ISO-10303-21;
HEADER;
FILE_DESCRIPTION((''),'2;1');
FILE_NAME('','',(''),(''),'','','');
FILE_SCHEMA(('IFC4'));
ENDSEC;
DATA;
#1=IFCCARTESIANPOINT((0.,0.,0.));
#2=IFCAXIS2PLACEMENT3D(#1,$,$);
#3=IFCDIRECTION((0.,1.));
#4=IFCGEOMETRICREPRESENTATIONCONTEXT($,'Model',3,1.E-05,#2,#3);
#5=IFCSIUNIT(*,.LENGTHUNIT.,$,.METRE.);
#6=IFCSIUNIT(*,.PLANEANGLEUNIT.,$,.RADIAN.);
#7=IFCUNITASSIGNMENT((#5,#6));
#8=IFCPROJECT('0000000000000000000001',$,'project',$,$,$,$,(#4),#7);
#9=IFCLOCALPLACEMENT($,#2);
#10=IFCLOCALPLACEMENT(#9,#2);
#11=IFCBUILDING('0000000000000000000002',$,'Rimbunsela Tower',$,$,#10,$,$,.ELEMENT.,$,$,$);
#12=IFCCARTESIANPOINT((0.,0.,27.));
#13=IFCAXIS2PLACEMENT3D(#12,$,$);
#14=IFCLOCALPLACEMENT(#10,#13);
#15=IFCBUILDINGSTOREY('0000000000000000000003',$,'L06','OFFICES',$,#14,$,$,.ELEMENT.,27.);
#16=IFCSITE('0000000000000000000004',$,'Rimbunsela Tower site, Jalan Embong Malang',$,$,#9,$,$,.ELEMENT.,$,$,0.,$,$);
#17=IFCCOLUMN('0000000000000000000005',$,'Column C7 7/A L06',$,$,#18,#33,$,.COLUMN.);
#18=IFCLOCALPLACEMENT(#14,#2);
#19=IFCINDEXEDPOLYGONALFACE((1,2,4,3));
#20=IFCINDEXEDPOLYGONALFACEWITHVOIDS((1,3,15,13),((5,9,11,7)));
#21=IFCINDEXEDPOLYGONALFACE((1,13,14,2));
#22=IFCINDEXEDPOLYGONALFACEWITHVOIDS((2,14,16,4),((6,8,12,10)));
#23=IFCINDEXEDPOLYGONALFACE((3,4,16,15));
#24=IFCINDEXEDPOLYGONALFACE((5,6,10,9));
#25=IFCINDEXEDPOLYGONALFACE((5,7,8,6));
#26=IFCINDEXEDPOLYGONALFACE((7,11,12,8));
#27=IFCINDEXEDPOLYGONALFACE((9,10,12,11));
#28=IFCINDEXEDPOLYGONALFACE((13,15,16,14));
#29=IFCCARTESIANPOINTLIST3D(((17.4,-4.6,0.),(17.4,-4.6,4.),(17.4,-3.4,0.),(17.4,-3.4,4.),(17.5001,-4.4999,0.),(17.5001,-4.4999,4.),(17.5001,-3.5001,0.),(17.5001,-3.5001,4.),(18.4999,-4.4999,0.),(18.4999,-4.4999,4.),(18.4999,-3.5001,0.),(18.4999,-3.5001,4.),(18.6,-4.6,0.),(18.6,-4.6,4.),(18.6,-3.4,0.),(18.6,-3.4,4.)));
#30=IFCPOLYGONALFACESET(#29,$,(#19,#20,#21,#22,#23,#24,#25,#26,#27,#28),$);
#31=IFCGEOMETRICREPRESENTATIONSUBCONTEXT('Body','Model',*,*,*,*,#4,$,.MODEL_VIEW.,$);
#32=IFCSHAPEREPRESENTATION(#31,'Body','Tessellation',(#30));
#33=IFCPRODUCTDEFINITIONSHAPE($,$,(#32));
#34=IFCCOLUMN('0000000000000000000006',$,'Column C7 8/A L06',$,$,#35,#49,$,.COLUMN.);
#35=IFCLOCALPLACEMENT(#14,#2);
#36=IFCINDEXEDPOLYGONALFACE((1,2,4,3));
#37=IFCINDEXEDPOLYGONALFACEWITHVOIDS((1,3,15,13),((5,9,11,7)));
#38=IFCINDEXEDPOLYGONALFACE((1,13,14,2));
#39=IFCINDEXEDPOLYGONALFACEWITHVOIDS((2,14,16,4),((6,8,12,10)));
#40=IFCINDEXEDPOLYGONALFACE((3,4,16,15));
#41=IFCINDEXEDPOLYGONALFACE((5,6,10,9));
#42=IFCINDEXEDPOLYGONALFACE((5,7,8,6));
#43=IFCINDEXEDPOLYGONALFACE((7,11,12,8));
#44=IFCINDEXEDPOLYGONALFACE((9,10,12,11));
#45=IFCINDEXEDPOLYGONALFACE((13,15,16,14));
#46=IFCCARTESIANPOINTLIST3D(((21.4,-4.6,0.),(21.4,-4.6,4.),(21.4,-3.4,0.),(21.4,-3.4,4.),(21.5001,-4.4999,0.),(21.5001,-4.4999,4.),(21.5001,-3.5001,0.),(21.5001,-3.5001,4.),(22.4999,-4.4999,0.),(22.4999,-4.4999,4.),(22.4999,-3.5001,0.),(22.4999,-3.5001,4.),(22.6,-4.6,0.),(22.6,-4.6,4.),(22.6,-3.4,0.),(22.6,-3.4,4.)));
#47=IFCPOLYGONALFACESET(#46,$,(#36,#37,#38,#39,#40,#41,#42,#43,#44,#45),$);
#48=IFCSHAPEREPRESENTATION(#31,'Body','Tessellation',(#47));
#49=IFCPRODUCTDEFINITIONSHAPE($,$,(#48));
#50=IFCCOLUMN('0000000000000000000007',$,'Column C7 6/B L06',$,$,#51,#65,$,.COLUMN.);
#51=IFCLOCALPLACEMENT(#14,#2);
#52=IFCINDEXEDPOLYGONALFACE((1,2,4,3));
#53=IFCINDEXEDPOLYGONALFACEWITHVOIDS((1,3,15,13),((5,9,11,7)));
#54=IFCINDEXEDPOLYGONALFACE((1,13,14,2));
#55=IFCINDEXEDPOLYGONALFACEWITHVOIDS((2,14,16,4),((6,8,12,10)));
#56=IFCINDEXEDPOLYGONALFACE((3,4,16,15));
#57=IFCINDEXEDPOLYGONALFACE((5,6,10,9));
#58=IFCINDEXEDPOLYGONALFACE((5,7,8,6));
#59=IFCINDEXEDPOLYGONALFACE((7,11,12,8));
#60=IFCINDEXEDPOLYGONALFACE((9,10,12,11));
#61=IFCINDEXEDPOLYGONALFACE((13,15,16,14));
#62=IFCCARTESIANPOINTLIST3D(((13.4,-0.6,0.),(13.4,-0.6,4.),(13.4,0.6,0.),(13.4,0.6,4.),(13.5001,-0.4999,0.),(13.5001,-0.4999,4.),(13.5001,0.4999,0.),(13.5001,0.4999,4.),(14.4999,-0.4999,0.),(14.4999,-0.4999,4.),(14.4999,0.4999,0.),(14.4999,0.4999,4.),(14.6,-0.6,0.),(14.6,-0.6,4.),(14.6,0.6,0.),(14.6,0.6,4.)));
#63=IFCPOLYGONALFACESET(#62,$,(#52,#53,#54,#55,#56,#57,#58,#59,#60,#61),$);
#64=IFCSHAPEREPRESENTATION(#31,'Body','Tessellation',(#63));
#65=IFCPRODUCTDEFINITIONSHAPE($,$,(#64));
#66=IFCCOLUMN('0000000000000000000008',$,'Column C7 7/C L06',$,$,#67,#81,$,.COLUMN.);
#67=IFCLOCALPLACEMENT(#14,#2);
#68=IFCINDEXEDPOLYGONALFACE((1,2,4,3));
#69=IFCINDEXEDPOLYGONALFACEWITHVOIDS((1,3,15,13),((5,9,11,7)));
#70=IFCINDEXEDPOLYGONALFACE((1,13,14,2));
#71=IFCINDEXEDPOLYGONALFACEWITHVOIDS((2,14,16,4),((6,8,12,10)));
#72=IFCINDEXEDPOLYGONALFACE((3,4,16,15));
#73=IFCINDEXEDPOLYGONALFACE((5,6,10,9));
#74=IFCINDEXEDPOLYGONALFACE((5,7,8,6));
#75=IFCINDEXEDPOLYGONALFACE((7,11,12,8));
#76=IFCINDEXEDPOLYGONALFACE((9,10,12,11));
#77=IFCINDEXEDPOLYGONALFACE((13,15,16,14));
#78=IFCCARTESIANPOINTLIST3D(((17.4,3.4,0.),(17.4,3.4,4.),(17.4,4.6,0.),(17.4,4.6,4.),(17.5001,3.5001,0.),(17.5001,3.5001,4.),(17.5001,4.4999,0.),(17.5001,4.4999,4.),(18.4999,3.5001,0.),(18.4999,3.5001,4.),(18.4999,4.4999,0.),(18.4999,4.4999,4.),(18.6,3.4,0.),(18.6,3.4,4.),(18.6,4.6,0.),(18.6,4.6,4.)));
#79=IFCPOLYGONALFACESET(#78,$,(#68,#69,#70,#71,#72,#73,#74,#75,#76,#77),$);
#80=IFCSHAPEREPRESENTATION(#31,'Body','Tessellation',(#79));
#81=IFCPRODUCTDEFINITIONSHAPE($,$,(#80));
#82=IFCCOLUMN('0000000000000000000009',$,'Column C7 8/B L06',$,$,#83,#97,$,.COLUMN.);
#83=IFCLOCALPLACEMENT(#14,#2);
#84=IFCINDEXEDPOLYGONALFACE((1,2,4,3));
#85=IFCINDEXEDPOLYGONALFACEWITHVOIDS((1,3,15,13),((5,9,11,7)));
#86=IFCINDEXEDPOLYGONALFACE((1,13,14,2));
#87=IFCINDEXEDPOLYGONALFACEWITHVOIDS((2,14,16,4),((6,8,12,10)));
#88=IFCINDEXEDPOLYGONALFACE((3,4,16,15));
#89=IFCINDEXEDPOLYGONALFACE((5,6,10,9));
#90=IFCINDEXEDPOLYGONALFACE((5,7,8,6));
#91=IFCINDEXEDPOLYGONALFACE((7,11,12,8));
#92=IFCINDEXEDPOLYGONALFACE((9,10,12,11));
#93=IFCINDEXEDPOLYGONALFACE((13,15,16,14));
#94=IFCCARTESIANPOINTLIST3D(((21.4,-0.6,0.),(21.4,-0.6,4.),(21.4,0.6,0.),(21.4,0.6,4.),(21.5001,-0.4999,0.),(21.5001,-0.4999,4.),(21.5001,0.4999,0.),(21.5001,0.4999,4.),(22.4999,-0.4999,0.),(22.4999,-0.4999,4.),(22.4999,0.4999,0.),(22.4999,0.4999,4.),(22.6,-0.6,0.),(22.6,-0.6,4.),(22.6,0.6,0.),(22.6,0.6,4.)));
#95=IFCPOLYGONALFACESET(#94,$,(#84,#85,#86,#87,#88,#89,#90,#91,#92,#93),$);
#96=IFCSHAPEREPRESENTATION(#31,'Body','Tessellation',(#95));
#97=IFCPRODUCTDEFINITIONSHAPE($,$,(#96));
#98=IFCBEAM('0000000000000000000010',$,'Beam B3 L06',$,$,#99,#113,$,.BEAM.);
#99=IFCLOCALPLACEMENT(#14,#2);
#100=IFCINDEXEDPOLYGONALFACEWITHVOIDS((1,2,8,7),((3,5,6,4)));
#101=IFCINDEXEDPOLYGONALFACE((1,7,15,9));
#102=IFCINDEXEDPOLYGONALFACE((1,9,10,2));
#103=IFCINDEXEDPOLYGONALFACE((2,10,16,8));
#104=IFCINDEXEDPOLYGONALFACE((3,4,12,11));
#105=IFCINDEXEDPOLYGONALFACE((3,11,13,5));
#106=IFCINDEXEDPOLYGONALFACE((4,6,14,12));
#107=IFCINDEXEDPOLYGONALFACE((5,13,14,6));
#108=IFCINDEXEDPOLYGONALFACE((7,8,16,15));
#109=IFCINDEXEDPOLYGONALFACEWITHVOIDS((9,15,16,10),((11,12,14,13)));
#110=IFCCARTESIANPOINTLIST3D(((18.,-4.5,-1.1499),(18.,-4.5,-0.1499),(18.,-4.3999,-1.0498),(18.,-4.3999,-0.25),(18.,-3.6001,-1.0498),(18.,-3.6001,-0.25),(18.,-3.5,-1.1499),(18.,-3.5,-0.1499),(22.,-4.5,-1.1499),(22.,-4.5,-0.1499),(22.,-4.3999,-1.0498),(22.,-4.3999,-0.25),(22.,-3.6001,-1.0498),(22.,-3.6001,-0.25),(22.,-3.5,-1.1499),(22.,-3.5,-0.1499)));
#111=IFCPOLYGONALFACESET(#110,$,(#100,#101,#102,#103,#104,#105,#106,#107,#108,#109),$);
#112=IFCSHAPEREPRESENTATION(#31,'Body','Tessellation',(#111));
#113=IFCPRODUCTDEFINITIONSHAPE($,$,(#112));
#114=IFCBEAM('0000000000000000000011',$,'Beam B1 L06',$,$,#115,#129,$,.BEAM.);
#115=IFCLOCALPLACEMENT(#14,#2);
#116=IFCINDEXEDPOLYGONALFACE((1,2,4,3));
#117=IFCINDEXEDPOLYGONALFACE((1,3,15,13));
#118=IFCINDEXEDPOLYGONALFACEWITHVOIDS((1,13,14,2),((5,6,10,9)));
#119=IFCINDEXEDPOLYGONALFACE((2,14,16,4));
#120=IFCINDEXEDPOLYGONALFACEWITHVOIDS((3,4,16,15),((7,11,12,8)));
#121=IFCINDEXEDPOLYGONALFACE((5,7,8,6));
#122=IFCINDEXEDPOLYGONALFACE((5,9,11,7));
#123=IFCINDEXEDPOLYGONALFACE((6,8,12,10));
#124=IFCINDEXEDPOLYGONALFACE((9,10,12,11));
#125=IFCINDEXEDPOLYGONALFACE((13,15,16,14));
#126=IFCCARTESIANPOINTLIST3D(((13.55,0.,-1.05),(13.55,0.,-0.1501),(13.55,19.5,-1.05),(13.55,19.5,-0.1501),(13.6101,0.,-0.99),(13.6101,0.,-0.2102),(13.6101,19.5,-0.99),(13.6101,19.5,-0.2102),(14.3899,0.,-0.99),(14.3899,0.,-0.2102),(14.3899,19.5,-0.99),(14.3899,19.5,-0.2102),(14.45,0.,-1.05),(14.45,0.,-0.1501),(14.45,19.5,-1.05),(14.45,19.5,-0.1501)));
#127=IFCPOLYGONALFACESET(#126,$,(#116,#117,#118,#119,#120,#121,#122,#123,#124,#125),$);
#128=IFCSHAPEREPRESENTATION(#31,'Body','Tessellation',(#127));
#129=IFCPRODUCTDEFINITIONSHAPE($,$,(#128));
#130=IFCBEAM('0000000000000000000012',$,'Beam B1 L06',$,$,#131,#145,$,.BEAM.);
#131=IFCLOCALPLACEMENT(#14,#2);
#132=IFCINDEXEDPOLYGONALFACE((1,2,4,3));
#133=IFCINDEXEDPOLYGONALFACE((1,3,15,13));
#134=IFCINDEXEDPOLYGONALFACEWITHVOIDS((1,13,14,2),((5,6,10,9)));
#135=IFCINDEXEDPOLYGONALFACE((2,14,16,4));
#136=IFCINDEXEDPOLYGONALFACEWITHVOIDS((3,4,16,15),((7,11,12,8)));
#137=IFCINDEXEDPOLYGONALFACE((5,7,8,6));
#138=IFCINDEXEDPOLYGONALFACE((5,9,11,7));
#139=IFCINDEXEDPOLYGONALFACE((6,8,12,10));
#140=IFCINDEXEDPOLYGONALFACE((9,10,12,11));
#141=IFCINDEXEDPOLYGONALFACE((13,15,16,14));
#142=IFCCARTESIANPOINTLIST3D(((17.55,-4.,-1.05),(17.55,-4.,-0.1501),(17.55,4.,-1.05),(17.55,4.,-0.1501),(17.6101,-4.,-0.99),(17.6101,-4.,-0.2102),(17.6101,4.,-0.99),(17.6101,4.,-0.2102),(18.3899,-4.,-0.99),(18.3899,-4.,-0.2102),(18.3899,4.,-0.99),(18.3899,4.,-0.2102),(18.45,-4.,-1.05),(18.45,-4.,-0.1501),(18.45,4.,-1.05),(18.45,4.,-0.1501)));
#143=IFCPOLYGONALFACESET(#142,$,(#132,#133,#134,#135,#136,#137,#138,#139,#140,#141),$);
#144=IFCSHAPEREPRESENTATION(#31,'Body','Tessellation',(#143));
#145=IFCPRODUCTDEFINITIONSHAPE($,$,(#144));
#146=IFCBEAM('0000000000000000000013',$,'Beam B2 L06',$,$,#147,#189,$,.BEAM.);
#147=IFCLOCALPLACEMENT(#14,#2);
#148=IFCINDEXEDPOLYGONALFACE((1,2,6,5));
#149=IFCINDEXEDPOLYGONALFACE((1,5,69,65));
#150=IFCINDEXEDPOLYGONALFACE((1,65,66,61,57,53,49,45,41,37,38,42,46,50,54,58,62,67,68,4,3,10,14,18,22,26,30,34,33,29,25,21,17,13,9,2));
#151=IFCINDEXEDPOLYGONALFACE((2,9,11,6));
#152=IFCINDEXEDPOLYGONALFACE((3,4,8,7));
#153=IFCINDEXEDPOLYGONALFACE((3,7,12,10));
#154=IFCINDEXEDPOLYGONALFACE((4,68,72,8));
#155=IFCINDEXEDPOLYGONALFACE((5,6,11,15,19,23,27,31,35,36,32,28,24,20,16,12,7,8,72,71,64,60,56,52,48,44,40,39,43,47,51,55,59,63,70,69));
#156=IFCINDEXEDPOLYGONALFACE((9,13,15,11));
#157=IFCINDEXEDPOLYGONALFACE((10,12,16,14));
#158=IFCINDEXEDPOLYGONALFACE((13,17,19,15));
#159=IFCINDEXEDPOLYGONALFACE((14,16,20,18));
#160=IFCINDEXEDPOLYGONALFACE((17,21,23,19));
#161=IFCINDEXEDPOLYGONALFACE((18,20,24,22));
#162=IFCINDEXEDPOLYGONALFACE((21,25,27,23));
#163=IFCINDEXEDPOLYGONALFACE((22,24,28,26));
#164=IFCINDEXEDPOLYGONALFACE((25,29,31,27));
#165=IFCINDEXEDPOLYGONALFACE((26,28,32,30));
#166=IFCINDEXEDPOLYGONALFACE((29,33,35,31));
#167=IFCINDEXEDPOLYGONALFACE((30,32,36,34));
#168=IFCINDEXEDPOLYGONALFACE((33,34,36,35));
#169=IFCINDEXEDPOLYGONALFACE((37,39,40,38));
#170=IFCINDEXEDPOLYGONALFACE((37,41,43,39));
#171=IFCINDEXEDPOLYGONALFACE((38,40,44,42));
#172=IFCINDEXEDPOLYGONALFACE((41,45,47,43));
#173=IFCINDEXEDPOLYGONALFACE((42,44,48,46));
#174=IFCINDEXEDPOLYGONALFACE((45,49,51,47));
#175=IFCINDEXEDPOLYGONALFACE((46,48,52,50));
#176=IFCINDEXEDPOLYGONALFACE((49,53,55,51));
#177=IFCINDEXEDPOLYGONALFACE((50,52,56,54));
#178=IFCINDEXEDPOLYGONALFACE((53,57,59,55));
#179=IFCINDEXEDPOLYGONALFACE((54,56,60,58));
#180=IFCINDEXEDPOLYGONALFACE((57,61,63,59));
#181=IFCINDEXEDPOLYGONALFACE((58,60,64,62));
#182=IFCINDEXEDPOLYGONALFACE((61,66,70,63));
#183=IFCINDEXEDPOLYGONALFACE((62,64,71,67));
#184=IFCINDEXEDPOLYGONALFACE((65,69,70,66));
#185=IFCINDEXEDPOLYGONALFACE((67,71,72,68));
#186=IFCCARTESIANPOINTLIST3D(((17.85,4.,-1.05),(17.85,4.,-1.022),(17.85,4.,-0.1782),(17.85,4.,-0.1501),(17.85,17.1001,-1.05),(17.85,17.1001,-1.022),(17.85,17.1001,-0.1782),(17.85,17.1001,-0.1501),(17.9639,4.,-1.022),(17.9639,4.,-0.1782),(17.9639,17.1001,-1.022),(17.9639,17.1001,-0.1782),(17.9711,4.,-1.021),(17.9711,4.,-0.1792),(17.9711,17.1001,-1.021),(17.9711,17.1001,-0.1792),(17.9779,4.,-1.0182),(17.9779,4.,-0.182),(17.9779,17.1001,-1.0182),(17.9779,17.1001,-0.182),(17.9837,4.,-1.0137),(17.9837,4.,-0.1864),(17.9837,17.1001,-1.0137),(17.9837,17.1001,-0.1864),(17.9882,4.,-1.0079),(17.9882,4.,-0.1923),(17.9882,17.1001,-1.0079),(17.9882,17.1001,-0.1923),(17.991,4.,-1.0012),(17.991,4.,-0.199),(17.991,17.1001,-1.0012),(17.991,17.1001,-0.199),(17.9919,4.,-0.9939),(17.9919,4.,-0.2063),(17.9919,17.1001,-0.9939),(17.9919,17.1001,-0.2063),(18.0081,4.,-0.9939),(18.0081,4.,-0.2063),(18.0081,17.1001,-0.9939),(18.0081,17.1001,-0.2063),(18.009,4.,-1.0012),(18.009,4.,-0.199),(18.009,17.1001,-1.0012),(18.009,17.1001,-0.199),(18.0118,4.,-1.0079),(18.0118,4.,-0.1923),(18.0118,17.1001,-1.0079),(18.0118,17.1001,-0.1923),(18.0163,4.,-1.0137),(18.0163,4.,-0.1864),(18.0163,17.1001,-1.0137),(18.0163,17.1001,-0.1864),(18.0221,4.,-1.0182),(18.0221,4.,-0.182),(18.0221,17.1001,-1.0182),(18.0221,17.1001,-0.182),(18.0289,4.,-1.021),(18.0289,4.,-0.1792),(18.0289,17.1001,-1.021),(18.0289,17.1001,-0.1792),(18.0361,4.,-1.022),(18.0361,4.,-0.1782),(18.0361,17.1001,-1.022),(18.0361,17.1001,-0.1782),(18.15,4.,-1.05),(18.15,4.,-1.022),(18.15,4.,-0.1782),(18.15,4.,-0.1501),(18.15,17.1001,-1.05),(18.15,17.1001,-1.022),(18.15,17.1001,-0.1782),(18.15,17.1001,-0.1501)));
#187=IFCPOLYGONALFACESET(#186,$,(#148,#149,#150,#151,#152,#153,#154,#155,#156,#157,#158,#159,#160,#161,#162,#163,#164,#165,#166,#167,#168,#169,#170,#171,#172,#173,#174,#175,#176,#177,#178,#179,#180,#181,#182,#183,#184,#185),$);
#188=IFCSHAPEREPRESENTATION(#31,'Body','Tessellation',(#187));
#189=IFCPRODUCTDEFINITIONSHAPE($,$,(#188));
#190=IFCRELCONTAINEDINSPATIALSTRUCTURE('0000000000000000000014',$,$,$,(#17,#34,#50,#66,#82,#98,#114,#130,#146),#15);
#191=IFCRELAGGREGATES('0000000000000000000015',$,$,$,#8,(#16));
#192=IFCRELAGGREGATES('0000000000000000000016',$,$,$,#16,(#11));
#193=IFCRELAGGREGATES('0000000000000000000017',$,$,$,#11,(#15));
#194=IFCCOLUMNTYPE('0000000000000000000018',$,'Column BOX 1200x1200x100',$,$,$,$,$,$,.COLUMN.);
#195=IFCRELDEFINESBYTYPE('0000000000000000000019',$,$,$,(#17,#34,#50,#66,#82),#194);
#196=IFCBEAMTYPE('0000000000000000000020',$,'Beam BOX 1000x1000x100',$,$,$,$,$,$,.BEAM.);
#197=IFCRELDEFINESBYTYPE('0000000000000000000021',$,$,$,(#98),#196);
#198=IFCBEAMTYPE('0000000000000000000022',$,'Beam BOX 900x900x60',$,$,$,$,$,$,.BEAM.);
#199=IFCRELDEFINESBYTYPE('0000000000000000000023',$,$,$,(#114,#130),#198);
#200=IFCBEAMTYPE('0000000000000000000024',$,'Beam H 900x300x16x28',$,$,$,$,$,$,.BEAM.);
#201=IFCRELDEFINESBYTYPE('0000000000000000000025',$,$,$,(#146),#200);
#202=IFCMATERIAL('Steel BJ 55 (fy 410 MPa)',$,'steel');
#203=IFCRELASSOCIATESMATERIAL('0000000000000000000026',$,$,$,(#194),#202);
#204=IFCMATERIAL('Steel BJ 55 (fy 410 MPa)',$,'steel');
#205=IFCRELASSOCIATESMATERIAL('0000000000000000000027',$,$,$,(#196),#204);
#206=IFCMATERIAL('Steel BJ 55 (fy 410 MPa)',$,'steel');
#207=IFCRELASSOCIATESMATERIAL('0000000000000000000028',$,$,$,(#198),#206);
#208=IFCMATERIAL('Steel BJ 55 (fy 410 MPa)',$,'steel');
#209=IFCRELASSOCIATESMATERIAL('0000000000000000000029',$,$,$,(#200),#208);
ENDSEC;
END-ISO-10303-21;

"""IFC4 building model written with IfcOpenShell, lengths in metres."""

from ifc_helpers import new_model, si_unit, direction, frame, origin, origin_2d, place, context, subcontext, project, spatial, hollow_rectangle, i_section, extrude, material, material_profile, profile_set, type_object, element, save


model = new_model("IFC4")

# Units and contexts
model_context = context("Model", 3, precision=1e-05, world=origin(), true_north=direction((0.0, 1.0)))
body_context = subcontext(model_context, "Body", "Model", "MODEL_VIEW")
ifc_project = project(units=[si_unit("LENGTHUNIT", "METRE"), si_unit("PLANEANGLEUNIT", "RADIAN")], contexts=[model_context])

# Site, building, storey
site_placement = place(None, origin())
site = spatial("IfcSite", under=ifc_project, at=site_placement, Name="Rimbunsela Tower site, Jalan Embong Malang", CompositionType="ELEMENT", RefElevation=0.0)
building_placement = place(site_placement, origin())
building = spatial("IfcBuilding", under=site, at=building_placement, Name="Rimbunsela Tower", CompositionType="ELEMENT")
storey_placement = place(building_placement, frame((0.0, 0.0, 27.0)))
storey = spatial("IfcBuildingStorey", under=building, at=storey_placement, Name="L06", Description="OFFICES", CompositionType="ELEMENT", Elevation=27.0)

# Columns
ifc_material_1 = material(Name="Steel BJ 55 (fy 410 MPa)", Category="steel")
ifc_material_profile_1 = material_profile(ifc_material_1, hollow_rectangle(XDim=1.2, YDim=1.2, WallThickness=0.1001, at=origin_2d()), Name="BOX 1200x1200x100")
ifc_profile_set_1 = profile_set([ifc_material_profile_1], Name="Steel BJ 55 (fy 410 MPa)")
column_type = type_object("IfcColumnType", Name="Column BOX 1200x1200x100", PredefinedType="COLUMN", material=ifc_profile_set_1)
for number, where, z_axis, x_axis, name in (
    (1, (18.0, -4.0, 0.0), (0.0, 0.0, 1.0), (1.0, 0.0, 0.0), "Column C7 7/A L06"),
    (2, (22.0, -4.0, 0.0), (0.0, 0.0, 1.0), (1.0, 0.0, 0.0), "Column C7 8/A L06"),
    (3, (14.0, 0.0, 0.0), (0.0, 0.0, 1.0), (1.0, 0.0, 0.0), "Column C7 6/B L06"),
    (4, (18.0, 4.0, 0.0), (0.0, 0.0, 1.0), (1.0, 0.0, 0.0), "Column C7 7/C L06"),
    (5, (22.0, 0.0, 0.0), (0.0, 0.0, 1.0), (1.0, 0.0, 0.0), "Column C7 8/B L06"),
):
    element("IfcColumn", number, at=place(storey_placement, frame(where, z_axis=z_axis, x_axis=x_axis)), inside=storey, type_object=column_type, Name=name, PredefinedType="COLUMN", context=body_context, shape_type="SweptSolid", body=[
        extrude(hollow_rectangle(XDim=1.2, YDim=1.2, WallThickness=0.1001, at=origin_2d()), origin(), (0.0, 0.0, 1.0), 4.0),
    ])

# Beams
ifc_material_2 = material(Name="Steel BJ 55 (fy 410 MPa)", Category="steel")
ifc_material_profile_2 = material_profile(ifc_material_2, hollow_rectangle(XDim=1.0, YDim=1.0, WallThickness=0.1001, at=origin_2d()), Name="BOX 1000x1000x100")
ifc_profile_set_2 = profile_set([ifc_material_profile_2], Name="Steel BJ 55 (fy 410 MPa)")
beam_type_1 = type_object("IfcBeamType", Name="Beam BOX 1000x1000x100", PredefinedType="BEAM", material=ifc_profile_set_2)
beam_1_placement = place(storey_placement, frame((18.0, -4.0, -0.6499), z_axis=(1.0, 0.0, 0.0), x_axis=(0.0, 1.0, 0.0)))
element("IfcBeam", 6, at=beam_1_placement, inside=storey, type_object=beam_type_1, Name="Beam B3 L06", PredefinedType="BEAM", context=body_context, shape_type="SweptSolid", body=[
    extrude(hollow_rectangle(XDim=1.0, YDim=1.0, WallThickness=0.1001, at=origin_2d()), origin(), (0.0, 0.0, 1.0), 4.0),
])
ifc_material_3 = material(Name="Steel BJ 55 (fy 410 MPa)", Category="steel")
ifc_material_profile_3 = material_profile(ifc_material_3, hollow_rectangle(XDim=0.8999, YDim=0.8999, WallThickness=0.0601, at=origin_2d()), Name="BOX 900x900x60")
ifc_profile_set_3 = profile_set([ifc_material_profile_3], Name="Steel BJ 55 (fy 410 MPa)")
beam_type_2 = type_object("IfcBeamType", Name="Beam BOX 900x900x60", PredefinedType="BEAM", material=ifc_profile_set_3)
beam_2_placement = place(storey_placement, frame((14.0, 0.0, -0.6001), z_axis=(0.0, 1.0, 0.0), x_axis=(-1.0, 0.0, 0.0)))
element("IfcBeam", 7, at=beam_2_placement, inside=storey, type_object=beam_type_2, Name="Beam B1 L06", PredefinedType="BEAM", context=body_context, shape_type="SweptSolid", body=[
    extrude(hollow_rectangle(XDim=0.8999, YDim=0.8999, WallThickness=0.0601, at=origin_2d()), origin(), (0.0, 0.0, 1.0), 19.5),
])
beam_3_placement = place(storey_placement, frame((18.0, -4.0, -0.6001), z_axis=(0.0, 1.0, 0.0), x_axis=(-1.0, 0.0, 0.0)))
element("IfcBeam", 8, at=beam_3_placement, inside=storey, type_object=beam_type_2, Name="Beam B1 L06", PredefinedType="BEAM", context=body_context, shape_type="SweptSolid", body=[
    extrude(hollow_rectangle(XDim=0.8999, YDim=0.8999, WallThickness=0.0601, at=origin_2d()), origin(), (0.0, 0.0, 1.0), 8.0),
])
ifc_material_4 = material(Name="Steel BJ 55 (fy 410 MPa)", Category="steel")
ifc_material_profile_4 = material_profile(ifc_material_4, i_section(OverallWidth=0.3, OverallDepth=0.8999, WebThickness=0.0161, FlangeThickness=0.0281, FilletRadius=0.0281, at=origin_2d()), Name="H 900x300x16x28")
ifc_profile_set_4 = profile_set([ifc_material_profile_4], Name="Steel BJ 55 (fy 410 MPa)")
beam_type_3 = type_object("IfcBeamType", Name="Beam H 900x300x16x28", PredefinedType="BEAM", material=ifc_profile_set_4)
beam_4_placement = place(storey_placement, frame((18.0, 4.0, -0.6001), z_axis=(0.0, 1.0, 0.0), x_axis=(-1.0, 0.0, 0.0)))
element("IfcBeam", 9, at=beam_4_placement, inside=storey, type_object=beam_type_3, Name="Beam B2 L06", PredefinedType="BEAM", context=body_context, shape_type="SweptSolid", body=[
    extrude(i_section(OverallWidth=0.3, OverallDepth=0.8999, WebThickness=0.0161, FlangeThickness=0.0281, FilletRadius=0.0281, at=origin_2d()), origin(), (0.0, 0.0, 1.0), 13.1001),
])

save(model, "model.ifc")
